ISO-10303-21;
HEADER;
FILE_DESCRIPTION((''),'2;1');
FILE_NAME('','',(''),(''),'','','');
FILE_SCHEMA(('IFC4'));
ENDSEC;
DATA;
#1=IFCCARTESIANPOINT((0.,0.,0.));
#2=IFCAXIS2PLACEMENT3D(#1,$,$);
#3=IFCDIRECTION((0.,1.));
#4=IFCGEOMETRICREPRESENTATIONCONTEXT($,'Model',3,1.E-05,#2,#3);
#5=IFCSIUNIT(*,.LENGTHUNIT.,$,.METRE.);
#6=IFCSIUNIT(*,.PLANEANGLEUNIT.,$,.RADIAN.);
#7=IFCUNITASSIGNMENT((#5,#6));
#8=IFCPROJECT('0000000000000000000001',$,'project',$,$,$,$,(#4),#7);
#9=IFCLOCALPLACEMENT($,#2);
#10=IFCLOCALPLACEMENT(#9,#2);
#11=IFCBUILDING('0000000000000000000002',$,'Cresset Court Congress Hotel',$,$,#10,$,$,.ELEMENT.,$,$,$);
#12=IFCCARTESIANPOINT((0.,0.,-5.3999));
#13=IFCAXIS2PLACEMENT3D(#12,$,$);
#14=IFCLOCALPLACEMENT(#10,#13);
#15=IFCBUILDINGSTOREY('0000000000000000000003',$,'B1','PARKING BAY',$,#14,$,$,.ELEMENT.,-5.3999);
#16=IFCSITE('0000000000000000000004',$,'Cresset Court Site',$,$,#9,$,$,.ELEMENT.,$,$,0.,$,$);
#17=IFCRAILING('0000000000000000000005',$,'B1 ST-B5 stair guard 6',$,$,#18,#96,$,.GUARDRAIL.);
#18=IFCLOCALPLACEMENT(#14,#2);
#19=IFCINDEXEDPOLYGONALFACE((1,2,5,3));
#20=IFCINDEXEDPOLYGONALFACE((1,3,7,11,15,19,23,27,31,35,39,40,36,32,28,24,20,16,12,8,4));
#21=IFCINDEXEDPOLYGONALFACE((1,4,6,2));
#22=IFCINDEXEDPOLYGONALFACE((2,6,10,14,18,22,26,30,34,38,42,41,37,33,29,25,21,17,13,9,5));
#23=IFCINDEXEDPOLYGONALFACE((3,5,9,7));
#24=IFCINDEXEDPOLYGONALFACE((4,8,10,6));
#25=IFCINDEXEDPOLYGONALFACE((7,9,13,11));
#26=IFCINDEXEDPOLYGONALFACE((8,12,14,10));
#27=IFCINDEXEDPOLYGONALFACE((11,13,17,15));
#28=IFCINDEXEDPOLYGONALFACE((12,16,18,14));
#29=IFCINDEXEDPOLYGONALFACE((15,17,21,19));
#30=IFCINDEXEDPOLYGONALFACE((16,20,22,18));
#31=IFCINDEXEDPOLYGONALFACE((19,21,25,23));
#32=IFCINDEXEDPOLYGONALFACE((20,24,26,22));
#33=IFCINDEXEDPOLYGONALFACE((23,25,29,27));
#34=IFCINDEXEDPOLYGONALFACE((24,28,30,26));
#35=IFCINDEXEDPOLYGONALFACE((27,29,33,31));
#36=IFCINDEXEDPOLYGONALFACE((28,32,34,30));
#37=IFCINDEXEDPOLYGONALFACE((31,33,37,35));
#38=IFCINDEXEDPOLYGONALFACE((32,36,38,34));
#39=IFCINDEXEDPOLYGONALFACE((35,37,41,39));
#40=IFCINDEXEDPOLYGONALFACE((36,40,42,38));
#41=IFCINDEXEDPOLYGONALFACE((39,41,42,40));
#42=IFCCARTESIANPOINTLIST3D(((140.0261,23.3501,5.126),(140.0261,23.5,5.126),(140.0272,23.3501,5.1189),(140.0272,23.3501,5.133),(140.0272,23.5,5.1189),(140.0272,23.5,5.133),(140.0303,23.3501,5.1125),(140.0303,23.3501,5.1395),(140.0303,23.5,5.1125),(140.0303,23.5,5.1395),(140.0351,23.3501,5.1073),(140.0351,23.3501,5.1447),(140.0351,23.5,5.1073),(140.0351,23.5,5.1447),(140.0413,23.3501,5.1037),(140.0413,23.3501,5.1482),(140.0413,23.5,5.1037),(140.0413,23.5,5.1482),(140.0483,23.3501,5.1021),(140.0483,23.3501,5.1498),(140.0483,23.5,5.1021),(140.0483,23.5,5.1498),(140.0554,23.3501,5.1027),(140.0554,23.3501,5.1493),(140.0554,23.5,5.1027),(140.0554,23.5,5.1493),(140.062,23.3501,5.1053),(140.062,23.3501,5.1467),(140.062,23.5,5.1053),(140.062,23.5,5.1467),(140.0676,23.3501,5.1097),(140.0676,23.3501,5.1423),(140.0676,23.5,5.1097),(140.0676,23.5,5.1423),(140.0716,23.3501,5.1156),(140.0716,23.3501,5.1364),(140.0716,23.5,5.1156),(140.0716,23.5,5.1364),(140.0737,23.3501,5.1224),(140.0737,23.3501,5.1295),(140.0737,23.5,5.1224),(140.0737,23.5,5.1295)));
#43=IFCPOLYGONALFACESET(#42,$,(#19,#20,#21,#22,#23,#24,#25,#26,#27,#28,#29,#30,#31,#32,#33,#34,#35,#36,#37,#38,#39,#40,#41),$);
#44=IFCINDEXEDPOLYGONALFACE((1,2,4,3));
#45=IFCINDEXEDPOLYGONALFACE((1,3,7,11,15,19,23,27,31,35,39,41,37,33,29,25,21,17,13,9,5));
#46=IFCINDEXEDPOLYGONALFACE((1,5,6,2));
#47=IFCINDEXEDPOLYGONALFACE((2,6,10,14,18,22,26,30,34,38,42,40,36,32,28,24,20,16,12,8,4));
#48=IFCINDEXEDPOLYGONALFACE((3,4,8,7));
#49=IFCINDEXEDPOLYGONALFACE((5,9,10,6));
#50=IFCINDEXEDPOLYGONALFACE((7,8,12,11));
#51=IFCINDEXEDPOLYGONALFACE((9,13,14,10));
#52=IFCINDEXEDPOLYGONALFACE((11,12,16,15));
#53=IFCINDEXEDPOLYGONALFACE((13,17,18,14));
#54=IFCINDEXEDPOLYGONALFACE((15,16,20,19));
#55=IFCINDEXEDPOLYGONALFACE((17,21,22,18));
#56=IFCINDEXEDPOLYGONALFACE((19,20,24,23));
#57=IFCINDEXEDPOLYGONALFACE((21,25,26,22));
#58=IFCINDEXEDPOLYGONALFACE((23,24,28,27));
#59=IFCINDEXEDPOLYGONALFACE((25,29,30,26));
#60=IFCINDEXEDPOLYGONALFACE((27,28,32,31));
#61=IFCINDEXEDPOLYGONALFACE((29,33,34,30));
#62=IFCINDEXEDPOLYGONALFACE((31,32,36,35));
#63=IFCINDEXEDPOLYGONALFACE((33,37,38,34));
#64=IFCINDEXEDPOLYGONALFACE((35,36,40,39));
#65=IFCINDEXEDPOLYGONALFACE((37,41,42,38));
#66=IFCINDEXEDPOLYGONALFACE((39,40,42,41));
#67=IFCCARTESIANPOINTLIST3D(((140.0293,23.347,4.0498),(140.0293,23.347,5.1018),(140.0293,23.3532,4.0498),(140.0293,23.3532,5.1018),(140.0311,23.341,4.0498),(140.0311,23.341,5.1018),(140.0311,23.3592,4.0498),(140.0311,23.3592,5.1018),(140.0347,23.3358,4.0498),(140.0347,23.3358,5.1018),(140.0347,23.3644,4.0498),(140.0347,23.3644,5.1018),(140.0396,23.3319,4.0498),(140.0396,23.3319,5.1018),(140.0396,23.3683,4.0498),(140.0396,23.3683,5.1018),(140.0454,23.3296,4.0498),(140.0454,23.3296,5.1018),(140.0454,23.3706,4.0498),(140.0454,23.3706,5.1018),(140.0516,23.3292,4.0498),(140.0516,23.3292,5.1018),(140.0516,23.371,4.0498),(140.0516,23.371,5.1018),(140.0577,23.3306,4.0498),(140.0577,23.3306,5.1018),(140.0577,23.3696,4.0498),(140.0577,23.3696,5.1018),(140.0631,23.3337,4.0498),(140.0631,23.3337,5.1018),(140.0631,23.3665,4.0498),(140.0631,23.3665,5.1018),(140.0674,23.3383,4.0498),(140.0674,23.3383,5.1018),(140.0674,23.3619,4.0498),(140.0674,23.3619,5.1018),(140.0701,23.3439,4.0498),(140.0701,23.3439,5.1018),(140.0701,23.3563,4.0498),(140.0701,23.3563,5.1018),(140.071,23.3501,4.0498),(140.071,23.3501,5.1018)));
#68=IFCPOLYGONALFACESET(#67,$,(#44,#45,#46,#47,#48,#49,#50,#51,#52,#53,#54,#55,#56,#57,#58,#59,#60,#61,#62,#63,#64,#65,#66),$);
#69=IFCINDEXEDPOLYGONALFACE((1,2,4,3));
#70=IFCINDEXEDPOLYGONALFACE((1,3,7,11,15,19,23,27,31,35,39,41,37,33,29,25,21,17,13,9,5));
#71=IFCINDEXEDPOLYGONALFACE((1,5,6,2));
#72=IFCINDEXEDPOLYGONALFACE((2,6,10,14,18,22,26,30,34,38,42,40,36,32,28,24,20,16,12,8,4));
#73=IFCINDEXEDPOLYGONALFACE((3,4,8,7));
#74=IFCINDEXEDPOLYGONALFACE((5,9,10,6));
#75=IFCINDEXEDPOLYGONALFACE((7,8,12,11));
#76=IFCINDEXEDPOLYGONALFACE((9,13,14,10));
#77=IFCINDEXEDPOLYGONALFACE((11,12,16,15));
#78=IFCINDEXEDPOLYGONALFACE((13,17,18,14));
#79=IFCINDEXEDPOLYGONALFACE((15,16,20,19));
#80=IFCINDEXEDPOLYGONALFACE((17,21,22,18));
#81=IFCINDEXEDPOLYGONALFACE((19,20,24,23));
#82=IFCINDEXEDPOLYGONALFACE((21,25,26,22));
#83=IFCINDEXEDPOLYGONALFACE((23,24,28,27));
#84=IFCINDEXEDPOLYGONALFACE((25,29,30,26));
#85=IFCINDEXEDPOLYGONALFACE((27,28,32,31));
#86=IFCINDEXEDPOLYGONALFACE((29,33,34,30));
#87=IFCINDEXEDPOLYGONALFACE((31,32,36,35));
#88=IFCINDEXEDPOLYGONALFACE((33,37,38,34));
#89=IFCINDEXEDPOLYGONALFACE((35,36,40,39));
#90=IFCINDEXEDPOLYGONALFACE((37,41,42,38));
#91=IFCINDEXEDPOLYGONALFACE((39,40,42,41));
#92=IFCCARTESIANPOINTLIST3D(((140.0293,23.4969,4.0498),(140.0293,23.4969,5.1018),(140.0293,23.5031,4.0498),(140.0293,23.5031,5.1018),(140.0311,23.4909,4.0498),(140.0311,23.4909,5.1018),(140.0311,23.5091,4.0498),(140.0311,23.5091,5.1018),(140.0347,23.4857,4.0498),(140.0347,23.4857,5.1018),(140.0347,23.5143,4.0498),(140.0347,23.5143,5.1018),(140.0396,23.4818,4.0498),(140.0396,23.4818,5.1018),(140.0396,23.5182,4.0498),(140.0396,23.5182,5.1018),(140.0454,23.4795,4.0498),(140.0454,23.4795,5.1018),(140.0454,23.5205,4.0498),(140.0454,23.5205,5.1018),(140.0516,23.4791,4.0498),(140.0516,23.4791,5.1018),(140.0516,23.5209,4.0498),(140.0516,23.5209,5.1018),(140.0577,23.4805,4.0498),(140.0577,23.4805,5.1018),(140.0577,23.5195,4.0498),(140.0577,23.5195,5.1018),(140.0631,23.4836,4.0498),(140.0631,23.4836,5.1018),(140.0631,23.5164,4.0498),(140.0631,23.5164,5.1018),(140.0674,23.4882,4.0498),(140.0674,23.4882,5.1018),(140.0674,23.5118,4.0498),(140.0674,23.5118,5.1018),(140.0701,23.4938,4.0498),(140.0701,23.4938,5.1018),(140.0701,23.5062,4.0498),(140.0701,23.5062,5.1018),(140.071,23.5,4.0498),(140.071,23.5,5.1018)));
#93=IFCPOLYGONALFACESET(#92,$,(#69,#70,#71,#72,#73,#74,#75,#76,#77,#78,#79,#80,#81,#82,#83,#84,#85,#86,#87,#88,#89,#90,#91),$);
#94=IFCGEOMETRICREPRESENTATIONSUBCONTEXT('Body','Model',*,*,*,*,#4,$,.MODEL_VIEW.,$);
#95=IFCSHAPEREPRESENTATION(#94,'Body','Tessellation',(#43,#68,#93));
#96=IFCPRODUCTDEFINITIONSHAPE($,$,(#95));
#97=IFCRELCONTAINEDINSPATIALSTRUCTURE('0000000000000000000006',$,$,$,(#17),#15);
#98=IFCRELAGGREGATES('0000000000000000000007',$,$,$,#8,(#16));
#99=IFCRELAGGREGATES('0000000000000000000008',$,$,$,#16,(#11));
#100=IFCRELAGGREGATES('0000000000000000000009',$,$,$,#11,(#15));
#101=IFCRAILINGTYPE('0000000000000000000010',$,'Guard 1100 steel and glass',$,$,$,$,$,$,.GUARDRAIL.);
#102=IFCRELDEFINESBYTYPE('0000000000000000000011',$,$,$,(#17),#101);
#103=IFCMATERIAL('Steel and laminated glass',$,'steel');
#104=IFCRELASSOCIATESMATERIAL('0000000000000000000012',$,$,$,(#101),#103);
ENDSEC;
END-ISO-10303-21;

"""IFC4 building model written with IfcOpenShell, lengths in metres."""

from ifc_helpers import new_model, si_unit, direction, frame, origin, origin_2d, place, context, subcontext, project, spatial, circle, extrude, material, type_object, element, save


model = new_model("IFC4")

# Units and contexts
model_context = context("Model", 3, precision=1e-05, world=origin(), true_north=direction((0.0, 1.0)))
body_context = subcontext(model_context, "Body", "Model", "MODEL_VIEW")
ifc_project = project(units=[si_unit("LENGTHUNIT", "METRE"), si_unit("PLANEANGLEUNIT", "RADIAN")], contexts=[model_context])

# Site, building, storey
site_placement = place(None, origin())
site = spatial("IfcSite", under=ifc_project, at=site_placement, Name="Cresset Court Site", CompositionType="ELEMENT", RefElevation=0.0)
building_placement = place(site_placement, origin())
building = spatial("IfcBuilding", under=site, at=building_placement, Name="Cresset Court Congress Hotel", CompositionType="ELEMENT")
storey_placement = place(building_placement, frame((0.0, 0.0, -5.3999)))
storey = spatial("IfcBuildingStorey", under=building, at=storey_placement, Name="B1", Description="PARKING BAY", CompositionType="ELEMENT", Elevation=-5.3999)

# Railing
ifc_material_1 = material(Name="Steel and laminated glass", Category="steel")
railing_type_1 = type_object("IfcRailingType", Name="Guard 1100 steel and glass", PredefinedType="GUARDRAIL", material=ifc_material_1)
railing_1_placement = place(storey_placement, frame((140.05, 23.3501, 4.0498)))
element("IfcRailing", 1, at=railing_1_placement, inside=storey, type_object=railing_type_1, Name="B1 ST-B5 stair guard 6", PredefinedType="GUARDRAIL", context=body_context, shape_type="SweptSolid", body=[
    extrude(circle(Radius=0.0239, at=origin_2d()), frame((0.0, 0.0, 1.0762), z_axis=(0.0, 1.0, 0.0), x_axis=(-1.0, 0.0, 0.0)), (0.0, 0.0, 1.0), 0.1499),
    extrude(circle(Radius=0.021, at=origin_2d()), origin(), (0.0, 0.0, 1.0), 1.052),
    extrude(circle(Radius=0.021, at=origin_2d()), frame((0.0, 0.1499, 0.0)), (0.0, 0.0, 1.0), 1.052),
])

save(model, "model.ifc")
